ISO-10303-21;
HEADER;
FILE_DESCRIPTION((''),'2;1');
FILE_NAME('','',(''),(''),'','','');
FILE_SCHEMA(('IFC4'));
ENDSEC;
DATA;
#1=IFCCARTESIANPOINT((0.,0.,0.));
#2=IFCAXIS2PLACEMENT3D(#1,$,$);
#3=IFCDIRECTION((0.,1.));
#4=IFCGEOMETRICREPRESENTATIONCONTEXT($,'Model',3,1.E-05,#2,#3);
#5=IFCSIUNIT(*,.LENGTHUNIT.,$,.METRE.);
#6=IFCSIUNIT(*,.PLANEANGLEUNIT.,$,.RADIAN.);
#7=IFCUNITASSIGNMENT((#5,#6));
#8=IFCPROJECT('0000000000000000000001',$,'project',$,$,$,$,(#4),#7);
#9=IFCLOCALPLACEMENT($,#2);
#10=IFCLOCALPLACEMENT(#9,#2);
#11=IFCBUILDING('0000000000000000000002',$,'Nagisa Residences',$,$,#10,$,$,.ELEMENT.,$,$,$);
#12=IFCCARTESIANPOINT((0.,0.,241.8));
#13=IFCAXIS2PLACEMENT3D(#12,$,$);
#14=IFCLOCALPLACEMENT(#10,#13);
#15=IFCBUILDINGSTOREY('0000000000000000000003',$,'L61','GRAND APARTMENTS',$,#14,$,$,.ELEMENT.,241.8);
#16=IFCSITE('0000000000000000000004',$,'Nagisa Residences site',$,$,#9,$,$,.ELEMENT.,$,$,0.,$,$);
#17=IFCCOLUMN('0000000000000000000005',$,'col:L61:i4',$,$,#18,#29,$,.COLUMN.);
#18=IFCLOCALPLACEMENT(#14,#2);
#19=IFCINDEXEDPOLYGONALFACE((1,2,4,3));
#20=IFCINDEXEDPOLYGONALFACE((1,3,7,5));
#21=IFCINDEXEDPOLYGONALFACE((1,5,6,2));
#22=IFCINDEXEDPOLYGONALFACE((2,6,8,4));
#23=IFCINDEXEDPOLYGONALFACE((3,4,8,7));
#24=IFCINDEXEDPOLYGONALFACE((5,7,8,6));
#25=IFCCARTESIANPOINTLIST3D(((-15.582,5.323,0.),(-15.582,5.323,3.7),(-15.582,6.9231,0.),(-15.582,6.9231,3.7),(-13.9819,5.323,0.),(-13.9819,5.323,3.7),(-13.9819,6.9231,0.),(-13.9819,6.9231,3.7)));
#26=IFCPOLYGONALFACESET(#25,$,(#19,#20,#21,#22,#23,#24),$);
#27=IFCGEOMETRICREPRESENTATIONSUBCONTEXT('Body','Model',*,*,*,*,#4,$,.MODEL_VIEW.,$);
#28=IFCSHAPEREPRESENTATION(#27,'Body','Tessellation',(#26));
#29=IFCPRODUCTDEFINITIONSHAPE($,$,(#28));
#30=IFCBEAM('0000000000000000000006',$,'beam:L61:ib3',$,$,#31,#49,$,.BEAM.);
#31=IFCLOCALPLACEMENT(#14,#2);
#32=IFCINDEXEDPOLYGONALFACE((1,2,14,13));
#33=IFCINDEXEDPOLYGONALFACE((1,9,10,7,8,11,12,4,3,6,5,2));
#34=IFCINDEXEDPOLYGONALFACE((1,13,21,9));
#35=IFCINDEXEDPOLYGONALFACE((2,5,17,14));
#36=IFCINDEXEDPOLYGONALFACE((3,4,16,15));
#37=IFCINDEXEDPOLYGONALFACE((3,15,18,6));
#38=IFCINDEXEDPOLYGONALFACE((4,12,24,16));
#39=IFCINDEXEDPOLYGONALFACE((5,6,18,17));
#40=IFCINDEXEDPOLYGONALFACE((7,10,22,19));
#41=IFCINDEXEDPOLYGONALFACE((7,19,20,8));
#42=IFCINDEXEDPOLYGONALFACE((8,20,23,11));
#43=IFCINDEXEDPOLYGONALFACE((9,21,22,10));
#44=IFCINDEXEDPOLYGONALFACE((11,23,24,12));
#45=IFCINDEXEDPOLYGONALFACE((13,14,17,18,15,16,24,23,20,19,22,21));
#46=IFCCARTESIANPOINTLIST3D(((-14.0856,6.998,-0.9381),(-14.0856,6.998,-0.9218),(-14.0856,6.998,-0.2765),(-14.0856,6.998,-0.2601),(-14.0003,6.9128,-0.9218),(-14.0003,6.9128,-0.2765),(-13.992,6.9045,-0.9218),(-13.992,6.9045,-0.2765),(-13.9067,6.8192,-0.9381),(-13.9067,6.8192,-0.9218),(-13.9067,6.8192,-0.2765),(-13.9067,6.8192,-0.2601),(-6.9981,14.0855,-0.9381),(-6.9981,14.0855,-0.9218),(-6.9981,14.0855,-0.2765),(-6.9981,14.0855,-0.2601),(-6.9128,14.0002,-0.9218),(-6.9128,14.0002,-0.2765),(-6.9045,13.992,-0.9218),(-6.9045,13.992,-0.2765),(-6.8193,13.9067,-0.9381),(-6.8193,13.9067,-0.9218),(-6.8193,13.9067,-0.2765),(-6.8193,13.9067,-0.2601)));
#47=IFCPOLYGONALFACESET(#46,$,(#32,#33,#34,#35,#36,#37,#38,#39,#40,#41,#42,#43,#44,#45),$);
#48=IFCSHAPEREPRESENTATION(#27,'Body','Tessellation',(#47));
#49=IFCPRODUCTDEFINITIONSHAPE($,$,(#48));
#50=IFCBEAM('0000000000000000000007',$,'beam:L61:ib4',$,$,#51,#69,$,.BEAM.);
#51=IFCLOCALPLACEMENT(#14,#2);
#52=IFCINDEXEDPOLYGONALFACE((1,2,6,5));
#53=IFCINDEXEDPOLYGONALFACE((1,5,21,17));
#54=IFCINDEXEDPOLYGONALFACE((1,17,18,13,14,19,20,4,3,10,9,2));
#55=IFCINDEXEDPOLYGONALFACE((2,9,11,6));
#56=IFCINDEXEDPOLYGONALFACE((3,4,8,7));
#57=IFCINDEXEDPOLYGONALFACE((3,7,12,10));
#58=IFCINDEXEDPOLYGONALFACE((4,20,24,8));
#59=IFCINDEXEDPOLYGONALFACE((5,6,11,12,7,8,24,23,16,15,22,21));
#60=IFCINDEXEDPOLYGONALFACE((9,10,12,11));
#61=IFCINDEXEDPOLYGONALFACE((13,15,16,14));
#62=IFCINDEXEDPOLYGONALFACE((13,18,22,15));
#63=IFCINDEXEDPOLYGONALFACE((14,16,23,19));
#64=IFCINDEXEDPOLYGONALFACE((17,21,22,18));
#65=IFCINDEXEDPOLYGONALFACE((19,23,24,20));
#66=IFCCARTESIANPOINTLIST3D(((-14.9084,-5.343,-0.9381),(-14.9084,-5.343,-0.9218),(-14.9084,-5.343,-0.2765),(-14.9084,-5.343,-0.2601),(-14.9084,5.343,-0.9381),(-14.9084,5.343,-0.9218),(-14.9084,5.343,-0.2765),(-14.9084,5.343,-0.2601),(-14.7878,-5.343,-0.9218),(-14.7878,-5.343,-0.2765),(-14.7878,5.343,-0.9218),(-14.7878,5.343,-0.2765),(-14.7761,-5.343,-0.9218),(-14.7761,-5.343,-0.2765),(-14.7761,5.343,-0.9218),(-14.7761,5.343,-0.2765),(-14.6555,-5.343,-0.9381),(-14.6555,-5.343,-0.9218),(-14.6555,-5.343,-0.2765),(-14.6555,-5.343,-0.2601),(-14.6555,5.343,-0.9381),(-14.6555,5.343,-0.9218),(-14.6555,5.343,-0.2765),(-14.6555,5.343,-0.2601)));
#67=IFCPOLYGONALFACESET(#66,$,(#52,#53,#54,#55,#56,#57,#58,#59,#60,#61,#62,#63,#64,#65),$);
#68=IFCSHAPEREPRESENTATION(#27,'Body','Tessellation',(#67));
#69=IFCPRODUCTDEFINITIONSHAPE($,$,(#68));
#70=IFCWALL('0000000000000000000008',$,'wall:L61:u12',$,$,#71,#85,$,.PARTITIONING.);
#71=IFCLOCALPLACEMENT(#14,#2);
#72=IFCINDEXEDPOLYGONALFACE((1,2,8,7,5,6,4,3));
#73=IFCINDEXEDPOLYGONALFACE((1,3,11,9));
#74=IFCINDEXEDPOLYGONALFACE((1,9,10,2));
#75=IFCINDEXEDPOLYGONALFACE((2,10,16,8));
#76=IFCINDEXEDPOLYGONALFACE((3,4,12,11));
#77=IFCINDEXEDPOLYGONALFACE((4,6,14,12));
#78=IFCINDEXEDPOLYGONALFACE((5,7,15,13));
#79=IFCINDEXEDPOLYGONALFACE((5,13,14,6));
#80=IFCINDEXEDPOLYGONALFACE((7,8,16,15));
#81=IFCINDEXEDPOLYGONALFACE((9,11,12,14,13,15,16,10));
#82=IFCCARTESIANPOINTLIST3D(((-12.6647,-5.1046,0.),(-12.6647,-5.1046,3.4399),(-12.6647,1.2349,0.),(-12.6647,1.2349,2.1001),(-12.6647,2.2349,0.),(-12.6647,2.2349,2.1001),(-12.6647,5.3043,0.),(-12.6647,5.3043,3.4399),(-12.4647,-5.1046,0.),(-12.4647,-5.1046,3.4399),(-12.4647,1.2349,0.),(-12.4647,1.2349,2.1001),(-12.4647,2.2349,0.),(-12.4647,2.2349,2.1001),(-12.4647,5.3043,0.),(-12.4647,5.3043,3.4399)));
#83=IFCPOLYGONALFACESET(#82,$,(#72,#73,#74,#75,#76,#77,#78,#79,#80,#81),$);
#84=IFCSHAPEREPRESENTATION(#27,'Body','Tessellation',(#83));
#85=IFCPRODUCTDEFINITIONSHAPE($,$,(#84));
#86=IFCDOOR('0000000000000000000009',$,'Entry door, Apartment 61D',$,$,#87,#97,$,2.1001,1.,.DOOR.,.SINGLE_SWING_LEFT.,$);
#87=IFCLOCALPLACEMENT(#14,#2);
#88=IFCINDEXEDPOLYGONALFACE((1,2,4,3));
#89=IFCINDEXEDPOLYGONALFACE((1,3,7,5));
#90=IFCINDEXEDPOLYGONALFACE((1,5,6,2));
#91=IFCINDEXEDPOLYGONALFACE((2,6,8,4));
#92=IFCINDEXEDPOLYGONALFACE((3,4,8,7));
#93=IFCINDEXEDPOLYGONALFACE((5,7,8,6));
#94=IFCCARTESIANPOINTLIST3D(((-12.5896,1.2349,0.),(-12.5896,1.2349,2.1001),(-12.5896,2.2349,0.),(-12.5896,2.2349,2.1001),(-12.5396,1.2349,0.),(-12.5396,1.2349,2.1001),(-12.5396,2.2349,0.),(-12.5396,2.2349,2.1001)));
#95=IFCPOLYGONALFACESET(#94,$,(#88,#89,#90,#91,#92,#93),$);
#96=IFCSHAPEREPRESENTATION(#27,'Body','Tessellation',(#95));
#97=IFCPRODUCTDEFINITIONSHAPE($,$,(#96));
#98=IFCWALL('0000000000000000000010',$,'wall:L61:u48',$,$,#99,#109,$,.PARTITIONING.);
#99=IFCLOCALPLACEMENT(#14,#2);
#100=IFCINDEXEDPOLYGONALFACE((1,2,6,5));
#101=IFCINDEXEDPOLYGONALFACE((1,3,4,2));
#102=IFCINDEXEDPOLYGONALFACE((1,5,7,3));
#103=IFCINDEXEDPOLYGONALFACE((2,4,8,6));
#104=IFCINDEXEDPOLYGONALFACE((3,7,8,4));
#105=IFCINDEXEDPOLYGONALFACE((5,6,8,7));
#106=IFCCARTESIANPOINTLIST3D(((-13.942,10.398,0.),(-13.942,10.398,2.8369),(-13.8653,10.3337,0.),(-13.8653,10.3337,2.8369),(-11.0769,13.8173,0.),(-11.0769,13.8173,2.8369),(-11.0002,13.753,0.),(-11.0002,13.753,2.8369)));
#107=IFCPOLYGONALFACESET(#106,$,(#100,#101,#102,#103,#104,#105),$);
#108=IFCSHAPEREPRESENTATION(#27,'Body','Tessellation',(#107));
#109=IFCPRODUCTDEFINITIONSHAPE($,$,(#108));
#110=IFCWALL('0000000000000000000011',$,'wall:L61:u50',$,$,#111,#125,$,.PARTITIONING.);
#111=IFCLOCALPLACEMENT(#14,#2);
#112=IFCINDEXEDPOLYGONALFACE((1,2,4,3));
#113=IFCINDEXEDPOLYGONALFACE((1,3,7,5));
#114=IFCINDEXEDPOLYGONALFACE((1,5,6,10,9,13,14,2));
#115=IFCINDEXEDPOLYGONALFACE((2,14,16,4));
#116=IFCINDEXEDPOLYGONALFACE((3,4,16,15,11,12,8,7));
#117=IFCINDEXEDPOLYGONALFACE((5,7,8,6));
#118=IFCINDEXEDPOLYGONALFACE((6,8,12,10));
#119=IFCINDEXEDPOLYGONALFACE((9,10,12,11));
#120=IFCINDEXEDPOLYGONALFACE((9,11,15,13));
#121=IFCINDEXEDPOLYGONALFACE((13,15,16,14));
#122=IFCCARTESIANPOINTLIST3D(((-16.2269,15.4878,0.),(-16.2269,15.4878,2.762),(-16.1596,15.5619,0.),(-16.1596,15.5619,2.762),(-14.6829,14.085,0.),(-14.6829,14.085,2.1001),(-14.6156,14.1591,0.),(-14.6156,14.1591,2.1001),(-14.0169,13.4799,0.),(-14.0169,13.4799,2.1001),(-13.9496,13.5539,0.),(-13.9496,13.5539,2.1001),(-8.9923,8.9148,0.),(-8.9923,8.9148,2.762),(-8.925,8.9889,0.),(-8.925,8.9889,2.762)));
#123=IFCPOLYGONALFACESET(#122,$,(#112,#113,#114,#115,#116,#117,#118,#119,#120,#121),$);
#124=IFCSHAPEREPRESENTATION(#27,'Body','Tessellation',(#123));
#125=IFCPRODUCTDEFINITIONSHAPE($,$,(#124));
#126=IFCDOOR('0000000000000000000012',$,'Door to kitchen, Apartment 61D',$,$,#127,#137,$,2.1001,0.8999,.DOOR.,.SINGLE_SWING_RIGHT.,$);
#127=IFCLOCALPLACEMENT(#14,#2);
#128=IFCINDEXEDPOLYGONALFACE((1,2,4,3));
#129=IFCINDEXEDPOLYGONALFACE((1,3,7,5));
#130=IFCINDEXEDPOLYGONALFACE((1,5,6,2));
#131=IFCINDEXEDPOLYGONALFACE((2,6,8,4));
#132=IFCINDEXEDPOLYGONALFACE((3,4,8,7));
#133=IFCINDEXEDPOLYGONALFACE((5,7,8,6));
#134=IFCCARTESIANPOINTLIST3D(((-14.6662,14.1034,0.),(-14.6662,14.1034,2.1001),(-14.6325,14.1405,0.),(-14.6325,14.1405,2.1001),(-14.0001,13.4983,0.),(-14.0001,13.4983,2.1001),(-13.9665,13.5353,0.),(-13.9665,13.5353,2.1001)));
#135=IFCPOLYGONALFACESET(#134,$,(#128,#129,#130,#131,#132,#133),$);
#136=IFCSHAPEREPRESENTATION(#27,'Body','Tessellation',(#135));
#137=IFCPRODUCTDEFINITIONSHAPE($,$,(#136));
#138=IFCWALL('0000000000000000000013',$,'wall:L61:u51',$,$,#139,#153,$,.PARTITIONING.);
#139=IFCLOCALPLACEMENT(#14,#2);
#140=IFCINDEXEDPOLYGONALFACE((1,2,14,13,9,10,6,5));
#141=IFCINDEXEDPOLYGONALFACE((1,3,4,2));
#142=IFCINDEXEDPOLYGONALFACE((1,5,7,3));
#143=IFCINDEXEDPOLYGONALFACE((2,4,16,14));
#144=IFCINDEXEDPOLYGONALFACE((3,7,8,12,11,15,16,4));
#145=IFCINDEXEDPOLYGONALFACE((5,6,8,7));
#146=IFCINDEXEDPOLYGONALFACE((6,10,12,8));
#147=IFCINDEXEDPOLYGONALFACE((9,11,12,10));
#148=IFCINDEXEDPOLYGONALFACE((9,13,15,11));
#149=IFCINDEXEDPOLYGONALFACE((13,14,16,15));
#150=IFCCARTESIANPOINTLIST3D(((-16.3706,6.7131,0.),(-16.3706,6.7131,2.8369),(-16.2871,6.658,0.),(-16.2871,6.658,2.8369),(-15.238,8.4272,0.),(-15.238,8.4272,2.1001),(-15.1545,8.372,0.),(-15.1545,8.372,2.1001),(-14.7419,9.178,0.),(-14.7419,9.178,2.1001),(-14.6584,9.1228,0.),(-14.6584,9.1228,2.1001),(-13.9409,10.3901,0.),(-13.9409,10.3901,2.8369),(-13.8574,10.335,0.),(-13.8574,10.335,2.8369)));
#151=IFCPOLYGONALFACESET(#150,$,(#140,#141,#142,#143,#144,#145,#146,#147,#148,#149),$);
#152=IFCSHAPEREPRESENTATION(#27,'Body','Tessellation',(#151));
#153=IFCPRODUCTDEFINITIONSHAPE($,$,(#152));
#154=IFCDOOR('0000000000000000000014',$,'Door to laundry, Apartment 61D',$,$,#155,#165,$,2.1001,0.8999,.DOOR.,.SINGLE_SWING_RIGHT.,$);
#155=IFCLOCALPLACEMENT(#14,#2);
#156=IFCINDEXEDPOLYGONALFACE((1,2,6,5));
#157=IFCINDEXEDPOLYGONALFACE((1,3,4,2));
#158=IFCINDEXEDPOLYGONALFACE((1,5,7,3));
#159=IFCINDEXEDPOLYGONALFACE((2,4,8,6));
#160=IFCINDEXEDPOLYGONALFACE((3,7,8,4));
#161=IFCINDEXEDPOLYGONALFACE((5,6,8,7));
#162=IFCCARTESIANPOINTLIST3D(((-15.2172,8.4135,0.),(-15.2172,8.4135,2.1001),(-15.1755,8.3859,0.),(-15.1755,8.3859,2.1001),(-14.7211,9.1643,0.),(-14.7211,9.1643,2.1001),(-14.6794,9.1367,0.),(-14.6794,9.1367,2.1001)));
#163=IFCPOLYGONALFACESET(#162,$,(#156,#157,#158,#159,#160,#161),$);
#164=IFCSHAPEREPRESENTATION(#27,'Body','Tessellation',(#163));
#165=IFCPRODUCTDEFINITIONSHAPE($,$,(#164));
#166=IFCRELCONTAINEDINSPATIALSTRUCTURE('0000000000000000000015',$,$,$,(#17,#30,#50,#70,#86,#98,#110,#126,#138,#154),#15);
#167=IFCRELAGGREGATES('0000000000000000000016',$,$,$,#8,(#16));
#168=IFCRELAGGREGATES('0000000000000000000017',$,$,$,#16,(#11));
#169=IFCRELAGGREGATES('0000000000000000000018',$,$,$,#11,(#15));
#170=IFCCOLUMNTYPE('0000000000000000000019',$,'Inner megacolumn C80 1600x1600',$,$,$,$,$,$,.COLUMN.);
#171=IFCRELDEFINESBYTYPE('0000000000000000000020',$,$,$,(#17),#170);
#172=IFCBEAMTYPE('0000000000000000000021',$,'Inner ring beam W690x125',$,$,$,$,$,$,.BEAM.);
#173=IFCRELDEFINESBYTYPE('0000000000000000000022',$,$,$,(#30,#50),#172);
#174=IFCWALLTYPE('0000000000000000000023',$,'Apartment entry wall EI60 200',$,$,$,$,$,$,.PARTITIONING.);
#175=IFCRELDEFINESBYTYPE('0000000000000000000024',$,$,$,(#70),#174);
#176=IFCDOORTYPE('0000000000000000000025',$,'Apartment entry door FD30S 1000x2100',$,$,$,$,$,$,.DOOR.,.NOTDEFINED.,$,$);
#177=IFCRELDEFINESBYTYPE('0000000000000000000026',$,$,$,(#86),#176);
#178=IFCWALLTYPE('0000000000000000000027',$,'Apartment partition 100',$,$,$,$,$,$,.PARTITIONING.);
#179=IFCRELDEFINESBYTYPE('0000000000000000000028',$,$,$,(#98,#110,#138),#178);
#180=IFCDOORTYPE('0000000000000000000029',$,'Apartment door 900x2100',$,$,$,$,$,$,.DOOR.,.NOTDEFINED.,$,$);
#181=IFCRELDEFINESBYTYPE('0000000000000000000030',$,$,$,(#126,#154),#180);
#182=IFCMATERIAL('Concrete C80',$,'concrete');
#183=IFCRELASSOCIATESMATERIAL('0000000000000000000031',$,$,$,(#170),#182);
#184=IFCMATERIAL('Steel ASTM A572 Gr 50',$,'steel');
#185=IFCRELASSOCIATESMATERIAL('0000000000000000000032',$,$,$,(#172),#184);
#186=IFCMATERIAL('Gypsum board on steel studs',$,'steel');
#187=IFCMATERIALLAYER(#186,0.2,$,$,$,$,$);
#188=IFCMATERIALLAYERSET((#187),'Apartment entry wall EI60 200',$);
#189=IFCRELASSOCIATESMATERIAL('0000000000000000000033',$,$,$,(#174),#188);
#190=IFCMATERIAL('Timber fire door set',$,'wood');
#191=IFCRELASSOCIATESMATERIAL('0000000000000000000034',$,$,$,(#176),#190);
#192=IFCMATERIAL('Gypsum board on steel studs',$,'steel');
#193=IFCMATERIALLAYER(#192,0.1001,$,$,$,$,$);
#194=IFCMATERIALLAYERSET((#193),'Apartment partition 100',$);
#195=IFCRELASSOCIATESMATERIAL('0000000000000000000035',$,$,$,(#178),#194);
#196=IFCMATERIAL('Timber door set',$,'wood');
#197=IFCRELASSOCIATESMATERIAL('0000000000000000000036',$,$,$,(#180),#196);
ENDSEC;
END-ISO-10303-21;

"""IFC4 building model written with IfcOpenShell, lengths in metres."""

from ifc_helpers import new_model, si_unit, direction, frame, frame_2d, origin, origin_2d, place, context, subcontext, project, spatial, rectangle, i_section, extrude, material, layer, layer_set, material_profile, profile_set, type_object, element, fill, save


model = new_model("IFC4")

# Units and contexts
model_context = context("Model", 3, precision=1e-05, world=origin(), true_north=direction((0.0, 1.0)))
body_context = subcontext(model_context, "Body", "Model", "MODEL_VIEW")
ifc_project = project(units=[si_unit("LENGTHUNIT", "METRE"), si_unit("PLANEANGLEUNIT", "RADIAN")], contexts=[model_context])

# Site, building, storey
site_placement = place(None, origin())
site = spatial("IfcSite", under=ifc_project, at=site_placement, Name="Nagisa Residences site", CompositionType="ELEMENT", RefElevation=0.0)
building_placement = place(site_placement, origin())
building = spatial("IfcBuilding", under=site, at=building_placement, Name="Nagisa Residences", CompositionType="ELEMENT")
storey_placement = place(building_placement, frame((0.0, 0.0, 241.8)))
storey = spatial("IfcBuildingStorey", under=building, at=storey_placement, Name="L61", Description="GRAND APARTMENTS", CompositionType="ELEMENT", Elevation=241.8)

# Column
ifc_material_1 = material(Name="Concrete C80", Category="concrete")
ifc_material_profile_1 = material_profile(ifc_material_1, rectangle(XDim=1.6001, YDim=1.6001, at=origin_2d()), Name="C80 1600x1600")
ifc_profile_set_1 = profile_set([ifc_material_profile_1], Name="Concrete C80")
column_type = type_object("IfcColumnType", Name="Inner megacolumn C80 1600x1600", PredefinedType="COLUMN", material=ifc_profile_set_1)
column_placement = place(storey_placement, frame((-14.782, 6.123, 0.0), z_axis=(0.0, 0.0, 1.0), x_axis=(1.0, 0.0, 0.0)))
element("IfcColumn", 1, at=column_placement, inside=storey, type_object=column_type, Name="col:L61:i4", PredefinedType="COLUMN", context=body_context, shape_type="SweptSolid", body=[
    extrude(rectangle(XDim=1.6001, YDim=1.6001, at=origin_2d()), origin(), (0.0, 0.0, 1.0), 3.7),
])

# Beams
ifc_material_2 = material(Name="Steel ASTM A572 Gr 50", Category="steel")
ifc_material_profile_2 = material_profile(ifc_material_2, i_section(OverallWidth=0.2529, OverallDepth=0.678, WebThickness=0.0117, FlangeThickness=0.0164, at=origin_2d()), Name="W690x125")
ifc_profile_set_2 = profile_set([ifc_material_profile_2], Name="Steel ASTM A572 Gr 50")
beam_type = type_object("IfcBeamType", Name="Inner ring beam W690x125", PredefinedType="BEAM", material=ifc_profile_set_2)
beam_1_placement = place(storey_placement, frame((-6.9087, 13.9961, -0.5991), z_axis=(-0.707107, -0.707107, 0.0), x_axis=(0.707107, -0.707107, 0.0)))
element("IfcBeam", 2, at=beam_1_placement, inside=storey, type_object=beam_type, Name="beam:L61:ib3", PredefinedType="BEAM", context=body_context, shape_type="SweptSolid", body=[
    extrude(i_section(OverallWidth=0.2529, OverallDepth=0.678, WebThickness=0.0117, FlangeThickness=0.0164, at=origin_2d()), origin(), (0.0, 0.0, 1.0), 10.0232),
])
beam_2_placement = place(storey_placement, frame((-14.782, 5.343, -0.5991), z_axis=(0.0, -1.0, 0.0), x_axis=(1.0, 0.0, 0.0)))
element("IfcBeam", 3, at=beam_2_placement, inside=storey, type_object=beam_type, Name="beam:L61:ib4", PredefinedType="BEAM", context=body_context, shape_type="SweptSolid", body=[
    extrude(i_section(OverallWidth=0.2529, OverallDepth=0.678, WebThickness=0.0117, FlangeThickness=0.0164, at=origin_2d()), origin(), (0.0, 0.0, 1.0), 10.686),
])

# Wall, opening, door
ifc_material_3 = material(Name="Gypsum board on steel studs", Category="steel")
ifc_layer_1 = layer(ifc_material_3, 0.2)
ifc_layer_set_1 = layer_set([ifc_layer_1], Name="Apartment entry wall EI60 200")
wall_type_1 = type_object("IfcWallType", Name="Apartment entry wall EI60 200", PredefinedType="PARTITIONING", material=ifc_layer_set_1)
wall_1_placement = place(storey_placement, frame((-12.5647, 5.3044, 0.0), z_axis=(0.0, 0.0, 1.0), x_axis=(0.0, -1.0, 0.0)))
wall_1 = element("IfcWall", 4, at=wall_1_placement, inside=storey, type_object=wall_type_1, Name="wall:L61:u12", PredefinedType="PARTITIONING", context=body_context, shape_type="SweptSolid", body=[
    extrude(rectangle(XDim=10.4089, YDim=0.2, at=frame_2d((5.2046, 0.0))), origin(), (0.0, 0.0, 1.0), 3.4399),
])
opening_1_placement = place(wall_1_placement, frame((3.0696, 0.0, 0.0)))
opening_1 = element("IfcOpeningElement", 5, at=opening_1_placement, cuts=wall_1, PredefinedType="OPENING", context=body_context, shape_type="SweptSolid", body=[
    extrude(rectangle(XDim=1.0, YDim=2.1001, at=frame_2d((0.5, 1.05))), frame((0.0, 0.1099, 0.0), z_axis=(0.0, -1.0, 0.0), x_axis=(1.0, 0.0, 0.0)), (0.0, 0.0, 1.0), 0.22),
])
ifc_material_4 = material(Name="Timber fire door set", Category="wood")
door_type_1 = type_object("IfcDoorType", Name="Apartment entry door FD30S 1000x2100", OperationType="NOTDEFINED", PredefinedType="DOOR", material=ifc_material_4)
door_1_placement = place(opening_1_placement, frame((1.0, 0.0, 0.0), x_axis=(-1.0, 0.0, 0.0)))
door_1 = element("IfcDoor", 6, at=door_1_placement, inside=storey, type_object=door_type_1, Name="Entry door, Apartment 61D", OperationType="SINGLE_SWING_LEFT", OverallHeight=2.1001, OverallWidth=1.0, PredefinedType="DOOR", context=body_context, shape_type="SweptSolid", body=[
    extrude(rectangle(XDim=1.0, YDim=2.1001, at=frame_2d((0.5, 1.05))), frame((0.0, 0.0249, 0.0), z_axis=(0.0, -1.0, 0.0), x_axis=(1.0, 0.0, 0.0)), (0.0, 0.0, 1.0), 0.05),
])
fill(opening_1, door_1)

# Wall
ifc_material_5 = material(Name="Gypsum board on steel studs", Category="steel")
ifc_layer_2 = layer(ifc_material_5, 0.1001)
ifc_layer_set_2 = layer_set([ifc_layer_2], Name="Apartment partition 100")
wall_type_2 = type_object("IfcWallType", Name="Apartment partition 100", PredefinedType="PARTITIONING", material=ifc_layer_set_2)
wall_2_placement = place(storey_placement, frame((-11.0386, 13.7852, 0.0), z_axis=(0.0, 0.0, 1.0), x_axis=(-0.642255, -0.766491, 0.0)))
element("IfcWall", 7, at=wall_2_placement, inside=storey, type_object=wall_type_2, Name="wall:L61:u48", PredefinedType="PARTITIONING", context=body_context, shape_type="SweptSolid", body=[
    extrude(rectangle(XDim=4.4609, YDim=0.1001, at=frame_2d((2.2305, 0.0))), origin(), (0.0, 0.0, 1.0), 2.8369),
])

# Walls, openings, doors
wall_3_placement = place(storey_placement, frame((-8.9587, 8.9519, 0.0), z_axis=(0.0, 0.0, 1.0), x_axis=(-0.74014, 0.672453, 0.0)))
wall_3 = element("IfcWall", 8, at=wall_3_placement, inside=storey, type_object=wall_type_2, Name="wall:L61:u50", PredefinedType="PARTITIONING", context=body_context, shape_type="SweptSolid", body=[
    extrude(rectangle(XDim=9.7747, YDim=0.1001, at=frame_2d((4.8872, 0.0))), origin(), (0.0, 0.0, 1.0), 2.762),
])
opening_2_placement = place(wall_3_placement, frame((6.7886, 0.0, 0.0)))
opening_2 = element("IfcOpeningElement", 9, at=opening_2_placement, cuts=wall_3, PredefinedType="OPENING", context=body_context, shape_type="SweptSolid", body=[
    extrude(rectangle(XDim=0.8999, YDim=2.1001, at=frame_2d((0.45, 1.05))), frame((0.0, 0.0601, 0.0), z_axis=(0.0, -1.0, 0.0), x_axis=(1.0, 0.0, 0.0)), (0.0, 0.0, 1.0), 0.1201),
])
ifc_material_6 = material(Name="Timber door set", Category="wood")
door_type_2 = type_object("IfcDoorType", Name="Apartment door 900x2100", OperationType="NOTDEFINED", PredefinedType="DOOR", material=ifc_material_6)
door_2_placement = place(opening_2_placement, frame((0.8999, 0.0, 0.0), x_axis=(-1.0, 0.0, 0.0)))
door_2 = element("IfcDoor", 10, at=door_2_placement, inside=storey, type_object=door_type_2, Name="Door to kitchen, Apartment 61D", OperationType="SINGLE_SWING_RIGHT", OverallHeight=2.1001, OverallWidth=0.8999, PredefinedType="DOOR", context=body_context, shape_type="SweptSolid", body=[
    extrude(rectangle(XDim=0.8999, YDim=2.1001, at=frame_2d((0.45, 1.05))), frame((0.0, 0.0249, 0.0), z_axis=(0.0, -1.0, 0.0), x_axis=(1.0, 0.0, 0.0)), (0.0, 0.0, 1.0), 0.05),
])
fill(opening_2, door_2)
wall_4_placement = place(storey_placement, frame((-13.8992, 10.3625, 0.0), z_axis=(0.0, 0.0, 1.0), x_axis=(-0.551295, -0.83431, 0.0)))
wall_4 = element("IfcWall", 11, at=wall_4_placement, inside=storey, type_object=wall_type_2, Name="wall:L61:u51", PredefinedType="PARTITIONING", context=body_context, shape_type="SweptSolid", body=[
    extrude(rectangle(XDim=4.4072, YDim=0.1001, at=frame_2d((2.2036, 0.0))), origin(), (0.0, 0.0, 1.0), 2.8369),
])
opening_3_placement = place(wall_4_placement, frame((1.4529, 0.0, 0.0)))
opening_3 = element("IfcOpeningElement", 12, at=opening_3_placement, cuts=wall_4, PredefinedType="OPENING", context=body_context, shape_type="SweptSolid", body=[
    extrude(rectangle(XDim=0.8999, YDim=2.1001, at=frame_2d((0.45, 1.05))), frame((0.0, 0.0601, 0.0), z_axis=(0.0, -1.0, 0.0), x_axis=(1.0, 0.0, 0.0)), (0.0, 0.0, 1.0), 0.1201),
])
door_3_placement = place(opening_3_placement, origin())
door_3 = element("IfcDoor", 13, at=door_3_placement, inside=storey, type_object=door_type_2, Name="Door to laundry, Apartment 61D", OperationType="SINGLE_SWING_RIGHT", OverallHeight=2.1001, OverallWidth=0.8999, PredefinedType="DOOR", context=body_context, shape_type="SweptSolid", body=[
    extrude(rectangle(XDim=0.8999, YDim=2.1001, at=frame_2d((0.45, 1.05))), frame((0.0, 0.0249, 0.0), z_axis=(0.0, -1.0, 0.0), x_axis=(1.0, 0.0, 0.0)), (0.0, 0.0, 1.0), 0.05),
])
fill(opening_3, door_3)

save(model, "model.ifc")
